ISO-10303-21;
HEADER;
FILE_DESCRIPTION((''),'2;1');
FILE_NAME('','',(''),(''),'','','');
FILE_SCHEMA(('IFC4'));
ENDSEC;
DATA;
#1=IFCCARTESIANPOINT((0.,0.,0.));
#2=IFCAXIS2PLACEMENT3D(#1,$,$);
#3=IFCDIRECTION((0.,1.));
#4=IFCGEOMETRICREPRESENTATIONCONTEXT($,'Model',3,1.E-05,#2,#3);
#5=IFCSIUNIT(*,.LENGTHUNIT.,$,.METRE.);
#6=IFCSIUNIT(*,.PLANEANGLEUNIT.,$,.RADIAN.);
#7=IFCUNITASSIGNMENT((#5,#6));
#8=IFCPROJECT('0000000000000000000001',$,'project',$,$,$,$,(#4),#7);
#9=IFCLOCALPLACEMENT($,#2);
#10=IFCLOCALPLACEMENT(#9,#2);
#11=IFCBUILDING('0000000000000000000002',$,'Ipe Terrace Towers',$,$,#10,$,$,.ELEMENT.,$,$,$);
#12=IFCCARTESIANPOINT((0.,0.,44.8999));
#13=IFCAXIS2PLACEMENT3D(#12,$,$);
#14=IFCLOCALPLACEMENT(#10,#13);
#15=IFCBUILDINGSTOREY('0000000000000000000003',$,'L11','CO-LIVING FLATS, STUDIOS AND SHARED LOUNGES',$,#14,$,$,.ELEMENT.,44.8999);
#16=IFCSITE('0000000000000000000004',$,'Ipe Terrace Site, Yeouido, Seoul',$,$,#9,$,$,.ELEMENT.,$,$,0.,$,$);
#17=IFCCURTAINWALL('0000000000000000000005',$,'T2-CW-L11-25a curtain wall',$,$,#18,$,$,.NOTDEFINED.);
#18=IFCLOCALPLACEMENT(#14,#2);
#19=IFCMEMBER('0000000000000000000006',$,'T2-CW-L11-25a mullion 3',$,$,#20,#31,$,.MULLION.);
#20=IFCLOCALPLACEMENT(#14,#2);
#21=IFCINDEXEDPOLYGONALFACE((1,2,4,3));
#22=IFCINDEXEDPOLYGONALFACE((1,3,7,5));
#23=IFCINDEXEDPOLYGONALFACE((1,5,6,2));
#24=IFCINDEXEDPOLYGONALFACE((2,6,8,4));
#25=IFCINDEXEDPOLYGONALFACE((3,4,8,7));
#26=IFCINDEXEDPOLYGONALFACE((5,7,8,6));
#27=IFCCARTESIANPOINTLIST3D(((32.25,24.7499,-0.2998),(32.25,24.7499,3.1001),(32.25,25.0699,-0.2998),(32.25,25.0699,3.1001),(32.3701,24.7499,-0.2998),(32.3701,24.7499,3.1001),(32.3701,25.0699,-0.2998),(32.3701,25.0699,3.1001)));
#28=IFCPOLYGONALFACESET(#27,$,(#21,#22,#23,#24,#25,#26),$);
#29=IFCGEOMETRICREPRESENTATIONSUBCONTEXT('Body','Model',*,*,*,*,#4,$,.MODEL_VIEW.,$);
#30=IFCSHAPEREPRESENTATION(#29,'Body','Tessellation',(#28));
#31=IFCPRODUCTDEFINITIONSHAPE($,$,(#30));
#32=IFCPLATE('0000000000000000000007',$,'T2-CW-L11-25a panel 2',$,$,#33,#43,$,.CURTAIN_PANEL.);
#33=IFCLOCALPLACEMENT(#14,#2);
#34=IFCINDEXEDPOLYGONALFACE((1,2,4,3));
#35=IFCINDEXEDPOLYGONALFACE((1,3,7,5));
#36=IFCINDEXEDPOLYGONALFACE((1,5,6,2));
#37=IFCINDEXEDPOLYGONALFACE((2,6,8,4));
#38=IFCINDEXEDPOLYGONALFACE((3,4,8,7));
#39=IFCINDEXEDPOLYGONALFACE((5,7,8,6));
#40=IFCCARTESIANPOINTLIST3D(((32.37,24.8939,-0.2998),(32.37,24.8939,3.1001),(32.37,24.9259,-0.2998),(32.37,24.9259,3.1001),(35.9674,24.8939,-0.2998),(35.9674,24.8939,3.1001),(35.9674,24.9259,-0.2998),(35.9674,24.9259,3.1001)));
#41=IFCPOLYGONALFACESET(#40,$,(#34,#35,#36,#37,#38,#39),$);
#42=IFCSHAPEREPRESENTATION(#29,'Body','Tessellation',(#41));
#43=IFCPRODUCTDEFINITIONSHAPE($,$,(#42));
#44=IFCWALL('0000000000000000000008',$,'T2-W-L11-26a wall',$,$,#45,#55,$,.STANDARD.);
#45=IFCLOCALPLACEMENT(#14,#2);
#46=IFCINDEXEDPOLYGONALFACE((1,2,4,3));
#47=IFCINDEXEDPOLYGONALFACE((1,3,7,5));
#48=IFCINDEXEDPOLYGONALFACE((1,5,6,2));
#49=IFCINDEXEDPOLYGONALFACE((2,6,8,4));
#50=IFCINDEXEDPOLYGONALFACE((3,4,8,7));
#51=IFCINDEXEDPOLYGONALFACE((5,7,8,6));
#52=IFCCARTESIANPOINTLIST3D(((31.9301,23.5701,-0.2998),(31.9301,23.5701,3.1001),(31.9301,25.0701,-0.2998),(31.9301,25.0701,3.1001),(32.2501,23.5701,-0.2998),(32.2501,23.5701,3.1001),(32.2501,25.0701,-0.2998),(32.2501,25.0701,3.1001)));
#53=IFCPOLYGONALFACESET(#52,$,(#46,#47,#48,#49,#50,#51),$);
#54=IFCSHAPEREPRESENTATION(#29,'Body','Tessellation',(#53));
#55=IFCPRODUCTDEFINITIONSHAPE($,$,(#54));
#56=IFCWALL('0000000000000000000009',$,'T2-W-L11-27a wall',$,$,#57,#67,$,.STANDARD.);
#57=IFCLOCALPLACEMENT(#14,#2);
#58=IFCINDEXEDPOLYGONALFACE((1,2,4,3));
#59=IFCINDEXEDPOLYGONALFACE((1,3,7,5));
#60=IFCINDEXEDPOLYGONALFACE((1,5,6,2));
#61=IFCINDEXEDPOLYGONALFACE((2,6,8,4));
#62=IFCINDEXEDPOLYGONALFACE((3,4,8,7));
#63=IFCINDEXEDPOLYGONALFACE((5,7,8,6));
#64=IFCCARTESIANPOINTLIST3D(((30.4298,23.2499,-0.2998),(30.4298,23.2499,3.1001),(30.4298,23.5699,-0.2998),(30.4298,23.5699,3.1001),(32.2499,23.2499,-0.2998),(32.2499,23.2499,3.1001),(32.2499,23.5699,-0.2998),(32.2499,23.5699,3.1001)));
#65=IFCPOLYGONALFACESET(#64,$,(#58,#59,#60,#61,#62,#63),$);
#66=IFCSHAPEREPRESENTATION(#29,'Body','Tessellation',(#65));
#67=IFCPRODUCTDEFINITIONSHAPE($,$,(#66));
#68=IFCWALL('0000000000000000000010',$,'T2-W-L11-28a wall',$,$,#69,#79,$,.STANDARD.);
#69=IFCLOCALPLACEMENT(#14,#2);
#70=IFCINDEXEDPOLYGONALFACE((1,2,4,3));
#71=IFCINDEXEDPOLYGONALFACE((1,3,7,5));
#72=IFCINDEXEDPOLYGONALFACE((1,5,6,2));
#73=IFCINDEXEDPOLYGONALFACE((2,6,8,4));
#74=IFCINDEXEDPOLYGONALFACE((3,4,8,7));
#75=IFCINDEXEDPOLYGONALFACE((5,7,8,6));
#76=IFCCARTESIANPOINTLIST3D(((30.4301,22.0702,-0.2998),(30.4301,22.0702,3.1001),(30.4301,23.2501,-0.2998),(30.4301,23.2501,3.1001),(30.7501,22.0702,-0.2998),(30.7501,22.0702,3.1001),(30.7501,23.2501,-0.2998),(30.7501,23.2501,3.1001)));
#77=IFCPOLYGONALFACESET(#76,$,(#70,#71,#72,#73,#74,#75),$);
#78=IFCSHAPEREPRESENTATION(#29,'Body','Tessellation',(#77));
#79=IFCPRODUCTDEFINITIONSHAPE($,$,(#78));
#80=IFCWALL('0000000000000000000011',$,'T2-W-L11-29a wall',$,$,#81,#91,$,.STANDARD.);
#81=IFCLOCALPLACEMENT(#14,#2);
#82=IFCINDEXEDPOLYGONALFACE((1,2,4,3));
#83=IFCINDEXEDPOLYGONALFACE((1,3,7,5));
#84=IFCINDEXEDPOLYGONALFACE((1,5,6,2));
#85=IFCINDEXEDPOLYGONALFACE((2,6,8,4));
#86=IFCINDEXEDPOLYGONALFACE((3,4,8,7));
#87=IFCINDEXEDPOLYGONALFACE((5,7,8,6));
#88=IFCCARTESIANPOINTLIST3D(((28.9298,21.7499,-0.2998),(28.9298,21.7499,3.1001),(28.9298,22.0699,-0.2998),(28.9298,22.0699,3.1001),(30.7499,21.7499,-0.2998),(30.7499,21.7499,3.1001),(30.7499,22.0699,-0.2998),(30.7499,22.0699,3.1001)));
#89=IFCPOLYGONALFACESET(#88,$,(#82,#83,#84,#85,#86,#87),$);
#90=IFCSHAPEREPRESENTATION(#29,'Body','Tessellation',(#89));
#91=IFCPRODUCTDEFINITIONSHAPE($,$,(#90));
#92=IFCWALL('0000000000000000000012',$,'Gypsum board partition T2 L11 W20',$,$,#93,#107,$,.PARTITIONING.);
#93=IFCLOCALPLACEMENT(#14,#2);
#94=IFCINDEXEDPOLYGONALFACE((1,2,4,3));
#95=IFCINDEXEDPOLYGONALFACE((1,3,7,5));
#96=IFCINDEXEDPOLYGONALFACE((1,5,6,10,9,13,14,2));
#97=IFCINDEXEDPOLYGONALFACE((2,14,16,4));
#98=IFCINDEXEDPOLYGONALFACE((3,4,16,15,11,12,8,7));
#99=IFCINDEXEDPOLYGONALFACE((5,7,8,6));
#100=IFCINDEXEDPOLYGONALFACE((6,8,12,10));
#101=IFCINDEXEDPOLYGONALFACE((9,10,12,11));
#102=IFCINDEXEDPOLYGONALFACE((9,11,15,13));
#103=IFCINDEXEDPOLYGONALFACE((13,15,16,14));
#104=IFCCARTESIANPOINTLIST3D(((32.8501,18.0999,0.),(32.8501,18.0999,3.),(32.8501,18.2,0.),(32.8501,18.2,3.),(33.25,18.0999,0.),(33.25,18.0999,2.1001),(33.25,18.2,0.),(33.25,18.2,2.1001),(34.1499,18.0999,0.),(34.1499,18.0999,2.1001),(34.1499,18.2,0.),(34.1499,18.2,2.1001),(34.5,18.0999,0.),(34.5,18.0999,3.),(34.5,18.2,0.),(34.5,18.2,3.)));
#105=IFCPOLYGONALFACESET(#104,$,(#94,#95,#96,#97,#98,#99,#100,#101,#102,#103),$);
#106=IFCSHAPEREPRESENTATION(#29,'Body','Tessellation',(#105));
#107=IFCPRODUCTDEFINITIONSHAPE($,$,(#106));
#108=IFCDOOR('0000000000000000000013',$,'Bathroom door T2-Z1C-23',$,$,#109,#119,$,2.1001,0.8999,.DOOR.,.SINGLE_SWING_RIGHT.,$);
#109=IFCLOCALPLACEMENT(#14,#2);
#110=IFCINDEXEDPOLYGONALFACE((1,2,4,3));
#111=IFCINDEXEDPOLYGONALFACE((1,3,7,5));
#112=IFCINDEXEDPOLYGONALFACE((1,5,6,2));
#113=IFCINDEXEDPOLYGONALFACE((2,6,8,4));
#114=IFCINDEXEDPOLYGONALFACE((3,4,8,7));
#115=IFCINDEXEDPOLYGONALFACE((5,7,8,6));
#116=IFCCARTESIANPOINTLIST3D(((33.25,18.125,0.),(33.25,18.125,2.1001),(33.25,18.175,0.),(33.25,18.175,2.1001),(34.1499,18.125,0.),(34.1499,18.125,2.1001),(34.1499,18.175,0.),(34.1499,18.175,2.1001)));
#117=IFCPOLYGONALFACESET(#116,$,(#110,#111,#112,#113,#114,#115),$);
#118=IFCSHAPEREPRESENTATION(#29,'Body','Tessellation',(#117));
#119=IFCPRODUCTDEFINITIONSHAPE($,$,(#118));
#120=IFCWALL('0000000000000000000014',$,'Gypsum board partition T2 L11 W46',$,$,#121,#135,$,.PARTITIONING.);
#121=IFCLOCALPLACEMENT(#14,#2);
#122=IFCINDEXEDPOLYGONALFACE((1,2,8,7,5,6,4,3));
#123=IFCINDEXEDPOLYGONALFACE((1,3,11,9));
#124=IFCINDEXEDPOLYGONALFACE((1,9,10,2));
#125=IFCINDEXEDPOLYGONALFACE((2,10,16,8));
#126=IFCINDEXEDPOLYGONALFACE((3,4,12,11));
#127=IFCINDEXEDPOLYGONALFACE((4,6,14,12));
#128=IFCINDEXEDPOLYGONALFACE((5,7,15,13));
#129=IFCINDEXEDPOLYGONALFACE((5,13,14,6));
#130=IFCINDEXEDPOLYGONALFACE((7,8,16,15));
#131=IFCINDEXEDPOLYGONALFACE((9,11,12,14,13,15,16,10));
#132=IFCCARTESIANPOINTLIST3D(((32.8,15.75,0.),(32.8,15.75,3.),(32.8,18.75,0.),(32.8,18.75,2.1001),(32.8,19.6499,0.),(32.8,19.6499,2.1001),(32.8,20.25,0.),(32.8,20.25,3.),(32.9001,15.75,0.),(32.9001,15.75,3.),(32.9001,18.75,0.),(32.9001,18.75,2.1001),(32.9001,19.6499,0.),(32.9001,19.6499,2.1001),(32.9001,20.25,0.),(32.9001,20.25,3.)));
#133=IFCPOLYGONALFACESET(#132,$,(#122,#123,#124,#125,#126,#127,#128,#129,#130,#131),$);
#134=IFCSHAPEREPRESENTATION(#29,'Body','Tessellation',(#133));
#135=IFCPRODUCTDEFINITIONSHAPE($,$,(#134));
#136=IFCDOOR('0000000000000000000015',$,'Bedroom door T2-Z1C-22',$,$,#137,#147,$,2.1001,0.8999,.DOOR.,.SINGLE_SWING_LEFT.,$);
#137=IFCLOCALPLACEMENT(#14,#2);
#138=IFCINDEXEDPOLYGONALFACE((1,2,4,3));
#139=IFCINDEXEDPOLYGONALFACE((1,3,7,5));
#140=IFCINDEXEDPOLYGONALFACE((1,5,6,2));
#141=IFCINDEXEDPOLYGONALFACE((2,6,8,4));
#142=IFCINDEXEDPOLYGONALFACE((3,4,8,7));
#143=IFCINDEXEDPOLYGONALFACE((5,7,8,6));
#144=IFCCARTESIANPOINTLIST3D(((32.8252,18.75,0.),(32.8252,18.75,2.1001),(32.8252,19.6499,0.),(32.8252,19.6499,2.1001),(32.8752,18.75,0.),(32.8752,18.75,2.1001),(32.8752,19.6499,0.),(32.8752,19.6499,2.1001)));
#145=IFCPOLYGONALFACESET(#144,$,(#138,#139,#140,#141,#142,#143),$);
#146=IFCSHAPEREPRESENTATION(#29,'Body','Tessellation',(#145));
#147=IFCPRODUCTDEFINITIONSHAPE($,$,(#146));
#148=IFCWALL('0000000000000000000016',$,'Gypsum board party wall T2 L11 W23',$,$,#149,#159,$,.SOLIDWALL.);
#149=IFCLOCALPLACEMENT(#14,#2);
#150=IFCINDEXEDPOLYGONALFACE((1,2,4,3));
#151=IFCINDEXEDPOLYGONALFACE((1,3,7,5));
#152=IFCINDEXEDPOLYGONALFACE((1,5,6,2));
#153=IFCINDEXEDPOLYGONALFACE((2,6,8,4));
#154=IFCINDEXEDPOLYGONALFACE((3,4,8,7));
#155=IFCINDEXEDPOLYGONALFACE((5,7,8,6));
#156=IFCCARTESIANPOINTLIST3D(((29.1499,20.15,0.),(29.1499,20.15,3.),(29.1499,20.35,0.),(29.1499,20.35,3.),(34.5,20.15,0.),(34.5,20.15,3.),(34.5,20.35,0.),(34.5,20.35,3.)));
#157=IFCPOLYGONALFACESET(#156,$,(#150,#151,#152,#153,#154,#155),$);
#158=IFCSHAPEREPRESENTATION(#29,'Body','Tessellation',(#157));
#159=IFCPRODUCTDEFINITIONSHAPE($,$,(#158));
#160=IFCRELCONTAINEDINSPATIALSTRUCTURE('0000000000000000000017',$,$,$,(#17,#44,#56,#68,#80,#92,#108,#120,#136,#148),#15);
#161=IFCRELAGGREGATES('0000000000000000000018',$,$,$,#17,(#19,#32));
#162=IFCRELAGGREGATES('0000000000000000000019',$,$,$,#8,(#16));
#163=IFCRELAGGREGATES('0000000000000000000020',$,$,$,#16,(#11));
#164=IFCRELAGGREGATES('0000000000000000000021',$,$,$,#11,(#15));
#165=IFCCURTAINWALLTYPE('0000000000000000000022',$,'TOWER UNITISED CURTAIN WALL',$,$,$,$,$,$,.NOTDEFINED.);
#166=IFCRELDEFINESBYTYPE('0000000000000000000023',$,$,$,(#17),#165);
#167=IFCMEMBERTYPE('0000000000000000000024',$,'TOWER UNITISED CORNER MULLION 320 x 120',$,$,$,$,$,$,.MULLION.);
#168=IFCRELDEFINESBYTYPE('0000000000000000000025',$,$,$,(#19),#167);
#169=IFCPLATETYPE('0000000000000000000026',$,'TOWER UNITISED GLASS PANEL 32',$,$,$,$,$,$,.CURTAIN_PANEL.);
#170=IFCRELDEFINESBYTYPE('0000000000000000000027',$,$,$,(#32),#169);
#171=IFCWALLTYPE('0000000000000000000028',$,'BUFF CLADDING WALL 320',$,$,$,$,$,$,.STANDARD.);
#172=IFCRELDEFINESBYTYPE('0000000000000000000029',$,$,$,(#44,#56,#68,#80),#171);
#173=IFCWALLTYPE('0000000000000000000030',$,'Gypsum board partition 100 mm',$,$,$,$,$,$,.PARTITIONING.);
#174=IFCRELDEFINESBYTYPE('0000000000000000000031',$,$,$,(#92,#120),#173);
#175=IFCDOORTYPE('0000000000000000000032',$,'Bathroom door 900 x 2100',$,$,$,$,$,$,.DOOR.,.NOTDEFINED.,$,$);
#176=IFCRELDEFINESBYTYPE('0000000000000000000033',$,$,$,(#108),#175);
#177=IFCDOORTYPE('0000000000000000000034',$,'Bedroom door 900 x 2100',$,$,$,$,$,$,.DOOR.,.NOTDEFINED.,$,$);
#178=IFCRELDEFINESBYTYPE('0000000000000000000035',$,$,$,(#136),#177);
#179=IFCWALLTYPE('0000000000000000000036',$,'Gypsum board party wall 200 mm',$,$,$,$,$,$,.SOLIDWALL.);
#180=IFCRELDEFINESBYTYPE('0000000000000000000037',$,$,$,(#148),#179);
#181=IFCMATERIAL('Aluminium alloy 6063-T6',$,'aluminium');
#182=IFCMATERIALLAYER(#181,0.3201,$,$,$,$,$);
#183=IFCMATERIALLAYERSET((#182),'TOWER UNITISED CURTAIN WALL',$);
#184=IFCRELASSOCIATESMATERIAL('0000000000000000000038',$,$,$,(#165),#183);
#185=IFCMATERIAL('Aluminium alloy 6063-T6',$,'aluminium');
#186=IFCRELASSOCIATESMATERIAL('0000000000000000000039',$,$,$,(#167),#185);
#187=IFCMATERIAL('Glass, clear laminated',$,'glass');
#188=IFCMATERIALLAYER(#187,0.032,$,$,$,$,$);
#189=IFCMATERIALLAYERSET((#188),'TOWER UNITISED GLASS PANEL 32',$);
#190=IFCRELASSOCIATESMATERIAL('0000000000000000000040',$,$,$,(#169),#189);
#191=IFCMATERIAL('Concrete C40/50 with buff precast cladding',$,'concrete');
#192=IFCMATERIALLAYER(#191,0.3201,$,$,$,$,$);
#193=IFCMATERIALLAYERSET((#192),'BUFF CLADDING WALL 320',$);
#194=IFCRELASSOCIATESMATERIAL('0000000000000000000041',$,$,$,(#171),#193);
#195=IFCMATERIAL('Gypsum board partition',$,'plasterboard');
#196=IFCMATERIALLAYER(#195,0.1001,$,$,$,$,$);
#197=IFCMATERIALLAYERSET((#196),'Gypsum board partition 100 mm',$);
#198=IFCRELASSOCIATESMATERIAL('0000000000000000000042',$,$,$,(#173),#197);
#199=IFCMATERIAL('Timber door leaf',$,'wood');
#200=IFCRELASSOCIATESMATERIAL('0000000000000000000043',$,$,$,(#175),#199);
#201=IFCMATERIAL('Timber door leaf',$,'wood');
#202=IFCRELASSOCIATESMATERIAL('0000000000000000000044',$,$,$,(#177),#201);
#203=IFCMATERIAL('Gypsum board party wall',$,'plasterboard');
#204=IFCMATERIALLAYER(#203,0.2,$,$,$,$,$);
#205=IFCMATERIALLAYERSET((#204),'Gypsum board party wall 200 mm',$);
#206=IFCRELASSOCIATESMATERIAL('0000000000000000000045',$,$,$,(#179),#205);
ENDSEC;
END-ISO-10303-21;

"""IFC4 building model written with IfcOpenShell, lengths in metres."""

from ifc_helpers import new_model, si_unit, direction, frame, frame_2d, origin, origin_2d, place, context, subcontext, project, spatial, rectangle, extrude, material, layer, layer_set, material_profile, profile_set, type_object, element, fill, aggregate, save


model = new_model("IFC4")

# Units and contexts
model_context = context("Model", 3, precision=1e-05, world=origin(), true_north=direction((0.0, 1.0)))
body_context = subcontext(model_context, "Body", "Model", "MODEL_VIEW")
ifc_project = project(units=[si_unit("LENGTHUNIT", "METRE"), si_unit("PLANEANGLEUNIT", "RADIAN")], contexts=[model_context])

# Site, building, storey
site_placement = place(None, origin())
site = spatial("IfcSite", under=ifc_project, at=site_placement, Name="Ipe Terrace Site, Yeouido, Seoul", CompositionType="ELEMENT", RefElevation=0.0)
building_placement = place(site_placement, origin())
building = spatial("IfcBuilding", under=site, at=building_placement, Name="Ipe Terrace Towers", CompositionType="ELEMENT")
storey_placement = place(building_placement, frame((0.0, 0.0, 44.8999)))
storey = spatial("IfcBuildingStorey", under=building, at=storey_placement, Name="L11", Description="CO-LIVING FLATS, STUDIOS AND SHARED LOUNGES", CompositionType="ELEMENT", Elevation=44.8999)

# Curtain wall, member, plate
ifc_material_1 = material(Name="Aluminium alloy 6063-T6", Category="aluminium")
ifc_layer_1 = layer(ifc_material_1, 0.3201)
ifc_layer_set_1 = layer_set([ifc_layer_1], Name="TOWER UNITISED CURTAIN WALL")
curtain_wall_type = type_object("IfcCurtainWallType", Name="TOWER UNITISED CURTAIN WALL", PredefinedType="NOTDEFINED", material=ifc_layer_set_1)
curtain_wall_placement = place(storey_placement, origin())
curtain_wall = element("IfcCurtainWall", 1, at=curtain_wall_placement, inside=storey, type_object=curtain_wall_type, Name="T2-CW-L11-25a curtain wall", PredefinedType="NOTDEFINED")
ifc_material_2 = material(Name="Aluminium alloy 6063-T6", Category="aluminium")
ifc_material_profile_1 = material_profile(ifc_material_2, rectangle(XDim=0.3201, YDim=0.1201, at=origin_2d()), Name="TOWER UNITISED CORNER MULLION 320 x 120")
ifc_profile_set_1 = profile_set([ifc_material_profile_1], Name="Aluminium alloy 6063-T6")
member_type = type_object("IfcMemberType", Name="TOWER UNITISED CORNER MULLION 320 x 120", PredefinedType="MULLION", material=ifc_profile_set_1)
member_placement = place(storey_placement, frame((32.3101, 24.9099, -0.2998), z_axis=(0.0, 0.0, 1.0), x_axis=(0.0, 1.0, 0.0)))
member = element("IfcMember", 2, at=member_placement, type_object=member_type, Name="T2-CW-L11-25a mullion 3", PredefinedType="MULLION", context=body_context, shape_type="SweptSolid", body=[
    extrude(rectangle(XDim=0.3201, YDim=0.1201, at=origin_2d()), origin(), (0.0, 0.0, 1.0), 3.3999),
])
ifc_material_3 = material(Name="Glass, clear laminated", Category="glass")
ifc_layer_2 = layer(ifc_material_3, 0.032)
ifc_layer_set_2 = layer_set([ifc_layer_2], Name="TOWER UNITISED GLASS PANEL 32")
plate_type = type_object("IfcPlateType", Name="TOWER UNITISED GLASS PANEL 32", PredefinedType="CURTAIN_PANEL", material=ifc_layer_set_2)
plate_placement = place(storey_placement, frame((34.1687, 24.9099, -0.2998), z_axis=(0.0, 0.0, 1.0), x_axis=(-1.0, 0.0, 0.0)))
plate = element("IfcPlate", 3, at=plate_placement, type_object=plate_type, Name="T2-CW-L11-25a panel 2", PredefinedType="CURTAIN_PANEL", context=body_context, shape_type="SweptSolid", body=[
    extrude(rectangle(XDim=3.5974, YDim=0.032, at=origin_2d()), origin(), (0.0, 0.0, 1.0), 3.3999),
])
aggregate(curtain_wall, [member, plate])

# Walls
ifc_material_4 = material(Name="Concrete C40/50 with buff precast cladding", Category="concrete")
ifc_layer_3 = layer(ifc_material_4, 0.3201)
ifc_layer_set_3 = layer_set([ifc_layer_3], Name="BUFF CLADDING WALL 320")
wall_type_1 = type_object("IfcWallType", Name="BUFF CLADDING WALL 320", PredefinedType="STANDARD", material=ifc_layer_set_3)
wall_1_placement = place(storey_placement, frame((32.0901, 25.0701, -0.2998), z_axis=(0.0, 0.0, 1.0), x_axis=(0.0, -1.0, 0.0)))
element("IfcWall", 4, at=wall_1_placement, inside=storey, type_object=wall_type_1, Name="T2-W-L11-26a wall", PredefinedType="STANDARD", context=body_context, shape_type="SweptSolid", body=[
    extrude(rectangle(XDim=1.5, YDim=0.3201, at=frame_2d((0.75, 0.0))), origin(), (0.0, 0.0, 1.0), 3.3999),
])
wall_2_placement = place(storey_placement, frame((32.25, 23.4099, -0.2998), z_axis=(0.0, 0.0, 1.0), x_axis=(-1.0, 0.0, 0.0)))
element("IfcWall", 5, at=wall_2_placement, inside=storey, type_object=wall_type_1, Name="T2-W-L11-27a wall", PredefinedType="STANDARD", context=body_context, shape_type="SweptSolid", body=[
    extrude(rectangle(XDim=1.8201, YDim=0.3201, at=frame_2d((0.9102, 0.0))), origin(), (0.0, 0.0, 1.0), 3.3999),
])
wall_3_placement = place(storey_placement, frame((30.5901, 23.25, -0.2998), z_axis=(0.0, 0.0, 1.0), x_axis=(0.0, -1.0, 0.0)))
element("IfcWall", 6, at=wall_3_placement, inside=storey, type_object=wall_type_1, Name="T2-W-L11-28a wall", PredefinedType="STANDARD", context=body_context, shape_type="SweptSolid", body=[
    extrude(rectangle(XDim=1.1799, YDim=0.3201, at=frame_2d((0.5898, 0.0))), origin(), (0.0, 0.0, 1.0), 3.3999),
])
wall_4_placement = place(storey_placement, frame((30.75, 21.9099, -0.2998), z_axis=(0.0, 0.0, 1.0), x_axis=(-1.0, 0.0, 0.0)))
element("IfcWall", 7, at=wall_4_placement, inside=storey, type_object=wall_type_1, Name="T2-W-L11-29a wall", PredefinedType="STANDARD", context=body_context, shape_type="SweptSolid", body=[
    extrude(rectangle(XDim=1.8201, YDim=0.3201, at=frame_2d((0.9102, 0.0))), origin(), (0.0, 0.0, 1.0), 3.3999),
])

# Walls, openings, doors
ifc_material_5 = material(Name="Gypsum board partition", Category="plasterboard")
ifc_layer_4 = layer(ifc_material_5, 0.1001)
ifc_layer_set_4 = layer_set([ifc_layer_4], Name="Gypsum board partition 100 mm")
wall_type_2 = type_object("IfcWallType", Name="Gypsum board partition 100 mm", PredefinedType="PARTITIONING", material=ifc_layer_set_4)
wall_5_placement = place(storey_placement, frame((34.5, 18.1499, 0.0), z_axis=(0.0, 0.0, 1.0), x_axis=(-1.0, 0.0, 0.0)))
wall_5 = element("IfcWall", 8, at=wall_5_placement, inside=storey, type_object=wall_type_2, Name="Gypsum board partition T2 L11 W20", PredefinedType="PARTITIONING", context=body_context, shape_type="SweptSolid", body=[
    extrude(rectangle(XDim=1.6499, YDim=0.1001, at=frame_2d((0.825, 0.0))), origin(), (0.0, 0.0, 1.0), 3.0),
])
opening_1_placement = place(wall_5_placement, frame((0.3501, 0.0, 0.0)))
opening_1 = element("IfcOpeningElement", 9, at=opening_1_placement, cuts=wall_5, PredefinedType="OPENING", context=body_context, shape_type="SweptSolid", body=[
    extrude(rectangle(XDim=0.8999, YDim=2.1001, at=frame_2d((0.45, 1.05))), frame((0.0, 0.0601, 0.0), z_axis=(0.0, -1.0, 0.0), x_axis=(1.0, 0.0, 0.0)), (0.0, 0.0, 1.0), 0.1201),
])
ifc_material_6 = material(Name="Timber door leaf", Category="wood")
door_type_1 = type_object("IfcDoorType", Name="Bathroom door 900 x 2100", OperationType="NOTDEFINED", PredefinedType="DOOR", material=ifc_material_6)
door_1_placement = place(opening_1_placement, origin())
door_1 = element("IfcDoor", 10, at=door_1_placement, inside=storey, type_object=door_type_1, Name="Bathroom door T2-Z1C-23", OperationType="SINGLE_SWING_RIGHT", OverallHeight=2.1001, OverallWidth=0.8999, PredefinedType="DOOR", context=body_context, shape_type="SweptSolid", body=[
    extrude(rectangle(XDim=0.8999, YDim=2.1001, at=frame_2d((0.45, 1.05))), frame((0.0, 0.0249, 0.0), z_axis=(0.0, -1.0, 0.0), x_axis=(1.0, 0.0, 0.0)), (0.0, 0.0, 1.0), 0.05),
])
fill(opening_1, door_1)
wall_6_placement = place(storey_placement, frame((32.8501, 15.75, 0.0), z_axis=(0.0, 0.0, 1.0), x_axis=(0.0, 1.0, 0.0)))
wall_6 = element("IfcWall", 11, at=wall_6_placement, inside=storey, type_object=wall_type_2, Name="Gypsum board partition T2 L11 W46", PredefinedType="PARTITIONING", context=body_context, shape_type="SweptSolid", body=[
    extrude(rectangle(XDim=4.5, YDim=0.1001, at=frame_2d((2.25, 0.0))), origin(), (0.0, 0.0, 1.0), 3.0),
])
opening_2_placement = place(wall_6_placement, frame((3.0, 0.0, 0.0)))
opening_2 = element("IfcOpeningElement", 12, at=opening_2_placement, cuts=wall_6, PredefinedType="OPENING", context=body_context, shape_type="SweptSolid", body=[
    extrude(rectangle(XDim=0.8999, YDim=2.1001, at=frame_2d((0.45, 1.05))), frame((0.0, 0.0601, 0.0), z_axis=(0.0, -1.0, 0.0), x_axis=(1.0, 0.0, 0.0)), (0.0, 0.0, 1.0), 0.1201),
])
ifc_material_7 = material(Name="Timber door leaf", Category="wood")
door_type_2 = type_object("IfcDoorType", Name="Bedroom door 900 x 2100", OperationType="NOTDEFINED", PredefinedType="DOOR", material=ifc_material_7)
door_2_placement = place(opening_2_placement, origin())
door_2 = element("IfcDoor", 13, at=door_2_placement, inside=storey, type_object=door_type_2, Name="Bedroom door T2-Z1C-22", OperationType="SINGLE_SWING_LEFT", OverallHeight=2.1001, OverallWidth=0.8999, PredefinedType="DOOR", context=body_context, shape_type="SweptSolid", body=[
    extrude(rectangle(XDim=0.8999, YDim=2.1001, at=frame_2d((0.45, 1.05))), frame((0.0, 0.0249, 0.0), z_axis=(0.0, -1.0, 0.0), x_axis=(1.0, 0.0, 0.0)), (0.0, 0.0, 1.0), 0.05),
])
fill(opening_2, door_2)

# Wall
ifc_material_8 = material(Name="Gypsum board party wall", Category="plasterboard")
ifc_layer_5 = layer(ifc_material_8, 0.2)
ifc_layer_set_5 = layer_set([ifc_layer_5], Name="Gypsum board party wall 200 mm")
wall_type_3 = type_object("IfcWallType", Name="Gypsum board party wall 200 mm", PredefinedType="SOLIDWALL", material=ifc_layer_set_5)
wall_7_placement = place(storey_placement, frame((34.5, 20.25, 0.0), z_axis=(0.0, 0.0, 1.0), x_axis=(-1.0, 0.0, 0.0)))
element("IfcWall", 14, at=wall_7_placement, inside=storey, type_object=wall_type_3, Name="Gypsum board party wall T2 L11 W23", PredefinedType="SOLIDWALL", context=body_context, shape_type="SweptSolid", body=[
    extrude(rectangle(XDim=5.3501, YDim=0.2, at=frame_2d((2.675, 0.0))), origin(), (0.0, 0.0, 1.0), 3.0),
])

save(model, "model.ifc")
